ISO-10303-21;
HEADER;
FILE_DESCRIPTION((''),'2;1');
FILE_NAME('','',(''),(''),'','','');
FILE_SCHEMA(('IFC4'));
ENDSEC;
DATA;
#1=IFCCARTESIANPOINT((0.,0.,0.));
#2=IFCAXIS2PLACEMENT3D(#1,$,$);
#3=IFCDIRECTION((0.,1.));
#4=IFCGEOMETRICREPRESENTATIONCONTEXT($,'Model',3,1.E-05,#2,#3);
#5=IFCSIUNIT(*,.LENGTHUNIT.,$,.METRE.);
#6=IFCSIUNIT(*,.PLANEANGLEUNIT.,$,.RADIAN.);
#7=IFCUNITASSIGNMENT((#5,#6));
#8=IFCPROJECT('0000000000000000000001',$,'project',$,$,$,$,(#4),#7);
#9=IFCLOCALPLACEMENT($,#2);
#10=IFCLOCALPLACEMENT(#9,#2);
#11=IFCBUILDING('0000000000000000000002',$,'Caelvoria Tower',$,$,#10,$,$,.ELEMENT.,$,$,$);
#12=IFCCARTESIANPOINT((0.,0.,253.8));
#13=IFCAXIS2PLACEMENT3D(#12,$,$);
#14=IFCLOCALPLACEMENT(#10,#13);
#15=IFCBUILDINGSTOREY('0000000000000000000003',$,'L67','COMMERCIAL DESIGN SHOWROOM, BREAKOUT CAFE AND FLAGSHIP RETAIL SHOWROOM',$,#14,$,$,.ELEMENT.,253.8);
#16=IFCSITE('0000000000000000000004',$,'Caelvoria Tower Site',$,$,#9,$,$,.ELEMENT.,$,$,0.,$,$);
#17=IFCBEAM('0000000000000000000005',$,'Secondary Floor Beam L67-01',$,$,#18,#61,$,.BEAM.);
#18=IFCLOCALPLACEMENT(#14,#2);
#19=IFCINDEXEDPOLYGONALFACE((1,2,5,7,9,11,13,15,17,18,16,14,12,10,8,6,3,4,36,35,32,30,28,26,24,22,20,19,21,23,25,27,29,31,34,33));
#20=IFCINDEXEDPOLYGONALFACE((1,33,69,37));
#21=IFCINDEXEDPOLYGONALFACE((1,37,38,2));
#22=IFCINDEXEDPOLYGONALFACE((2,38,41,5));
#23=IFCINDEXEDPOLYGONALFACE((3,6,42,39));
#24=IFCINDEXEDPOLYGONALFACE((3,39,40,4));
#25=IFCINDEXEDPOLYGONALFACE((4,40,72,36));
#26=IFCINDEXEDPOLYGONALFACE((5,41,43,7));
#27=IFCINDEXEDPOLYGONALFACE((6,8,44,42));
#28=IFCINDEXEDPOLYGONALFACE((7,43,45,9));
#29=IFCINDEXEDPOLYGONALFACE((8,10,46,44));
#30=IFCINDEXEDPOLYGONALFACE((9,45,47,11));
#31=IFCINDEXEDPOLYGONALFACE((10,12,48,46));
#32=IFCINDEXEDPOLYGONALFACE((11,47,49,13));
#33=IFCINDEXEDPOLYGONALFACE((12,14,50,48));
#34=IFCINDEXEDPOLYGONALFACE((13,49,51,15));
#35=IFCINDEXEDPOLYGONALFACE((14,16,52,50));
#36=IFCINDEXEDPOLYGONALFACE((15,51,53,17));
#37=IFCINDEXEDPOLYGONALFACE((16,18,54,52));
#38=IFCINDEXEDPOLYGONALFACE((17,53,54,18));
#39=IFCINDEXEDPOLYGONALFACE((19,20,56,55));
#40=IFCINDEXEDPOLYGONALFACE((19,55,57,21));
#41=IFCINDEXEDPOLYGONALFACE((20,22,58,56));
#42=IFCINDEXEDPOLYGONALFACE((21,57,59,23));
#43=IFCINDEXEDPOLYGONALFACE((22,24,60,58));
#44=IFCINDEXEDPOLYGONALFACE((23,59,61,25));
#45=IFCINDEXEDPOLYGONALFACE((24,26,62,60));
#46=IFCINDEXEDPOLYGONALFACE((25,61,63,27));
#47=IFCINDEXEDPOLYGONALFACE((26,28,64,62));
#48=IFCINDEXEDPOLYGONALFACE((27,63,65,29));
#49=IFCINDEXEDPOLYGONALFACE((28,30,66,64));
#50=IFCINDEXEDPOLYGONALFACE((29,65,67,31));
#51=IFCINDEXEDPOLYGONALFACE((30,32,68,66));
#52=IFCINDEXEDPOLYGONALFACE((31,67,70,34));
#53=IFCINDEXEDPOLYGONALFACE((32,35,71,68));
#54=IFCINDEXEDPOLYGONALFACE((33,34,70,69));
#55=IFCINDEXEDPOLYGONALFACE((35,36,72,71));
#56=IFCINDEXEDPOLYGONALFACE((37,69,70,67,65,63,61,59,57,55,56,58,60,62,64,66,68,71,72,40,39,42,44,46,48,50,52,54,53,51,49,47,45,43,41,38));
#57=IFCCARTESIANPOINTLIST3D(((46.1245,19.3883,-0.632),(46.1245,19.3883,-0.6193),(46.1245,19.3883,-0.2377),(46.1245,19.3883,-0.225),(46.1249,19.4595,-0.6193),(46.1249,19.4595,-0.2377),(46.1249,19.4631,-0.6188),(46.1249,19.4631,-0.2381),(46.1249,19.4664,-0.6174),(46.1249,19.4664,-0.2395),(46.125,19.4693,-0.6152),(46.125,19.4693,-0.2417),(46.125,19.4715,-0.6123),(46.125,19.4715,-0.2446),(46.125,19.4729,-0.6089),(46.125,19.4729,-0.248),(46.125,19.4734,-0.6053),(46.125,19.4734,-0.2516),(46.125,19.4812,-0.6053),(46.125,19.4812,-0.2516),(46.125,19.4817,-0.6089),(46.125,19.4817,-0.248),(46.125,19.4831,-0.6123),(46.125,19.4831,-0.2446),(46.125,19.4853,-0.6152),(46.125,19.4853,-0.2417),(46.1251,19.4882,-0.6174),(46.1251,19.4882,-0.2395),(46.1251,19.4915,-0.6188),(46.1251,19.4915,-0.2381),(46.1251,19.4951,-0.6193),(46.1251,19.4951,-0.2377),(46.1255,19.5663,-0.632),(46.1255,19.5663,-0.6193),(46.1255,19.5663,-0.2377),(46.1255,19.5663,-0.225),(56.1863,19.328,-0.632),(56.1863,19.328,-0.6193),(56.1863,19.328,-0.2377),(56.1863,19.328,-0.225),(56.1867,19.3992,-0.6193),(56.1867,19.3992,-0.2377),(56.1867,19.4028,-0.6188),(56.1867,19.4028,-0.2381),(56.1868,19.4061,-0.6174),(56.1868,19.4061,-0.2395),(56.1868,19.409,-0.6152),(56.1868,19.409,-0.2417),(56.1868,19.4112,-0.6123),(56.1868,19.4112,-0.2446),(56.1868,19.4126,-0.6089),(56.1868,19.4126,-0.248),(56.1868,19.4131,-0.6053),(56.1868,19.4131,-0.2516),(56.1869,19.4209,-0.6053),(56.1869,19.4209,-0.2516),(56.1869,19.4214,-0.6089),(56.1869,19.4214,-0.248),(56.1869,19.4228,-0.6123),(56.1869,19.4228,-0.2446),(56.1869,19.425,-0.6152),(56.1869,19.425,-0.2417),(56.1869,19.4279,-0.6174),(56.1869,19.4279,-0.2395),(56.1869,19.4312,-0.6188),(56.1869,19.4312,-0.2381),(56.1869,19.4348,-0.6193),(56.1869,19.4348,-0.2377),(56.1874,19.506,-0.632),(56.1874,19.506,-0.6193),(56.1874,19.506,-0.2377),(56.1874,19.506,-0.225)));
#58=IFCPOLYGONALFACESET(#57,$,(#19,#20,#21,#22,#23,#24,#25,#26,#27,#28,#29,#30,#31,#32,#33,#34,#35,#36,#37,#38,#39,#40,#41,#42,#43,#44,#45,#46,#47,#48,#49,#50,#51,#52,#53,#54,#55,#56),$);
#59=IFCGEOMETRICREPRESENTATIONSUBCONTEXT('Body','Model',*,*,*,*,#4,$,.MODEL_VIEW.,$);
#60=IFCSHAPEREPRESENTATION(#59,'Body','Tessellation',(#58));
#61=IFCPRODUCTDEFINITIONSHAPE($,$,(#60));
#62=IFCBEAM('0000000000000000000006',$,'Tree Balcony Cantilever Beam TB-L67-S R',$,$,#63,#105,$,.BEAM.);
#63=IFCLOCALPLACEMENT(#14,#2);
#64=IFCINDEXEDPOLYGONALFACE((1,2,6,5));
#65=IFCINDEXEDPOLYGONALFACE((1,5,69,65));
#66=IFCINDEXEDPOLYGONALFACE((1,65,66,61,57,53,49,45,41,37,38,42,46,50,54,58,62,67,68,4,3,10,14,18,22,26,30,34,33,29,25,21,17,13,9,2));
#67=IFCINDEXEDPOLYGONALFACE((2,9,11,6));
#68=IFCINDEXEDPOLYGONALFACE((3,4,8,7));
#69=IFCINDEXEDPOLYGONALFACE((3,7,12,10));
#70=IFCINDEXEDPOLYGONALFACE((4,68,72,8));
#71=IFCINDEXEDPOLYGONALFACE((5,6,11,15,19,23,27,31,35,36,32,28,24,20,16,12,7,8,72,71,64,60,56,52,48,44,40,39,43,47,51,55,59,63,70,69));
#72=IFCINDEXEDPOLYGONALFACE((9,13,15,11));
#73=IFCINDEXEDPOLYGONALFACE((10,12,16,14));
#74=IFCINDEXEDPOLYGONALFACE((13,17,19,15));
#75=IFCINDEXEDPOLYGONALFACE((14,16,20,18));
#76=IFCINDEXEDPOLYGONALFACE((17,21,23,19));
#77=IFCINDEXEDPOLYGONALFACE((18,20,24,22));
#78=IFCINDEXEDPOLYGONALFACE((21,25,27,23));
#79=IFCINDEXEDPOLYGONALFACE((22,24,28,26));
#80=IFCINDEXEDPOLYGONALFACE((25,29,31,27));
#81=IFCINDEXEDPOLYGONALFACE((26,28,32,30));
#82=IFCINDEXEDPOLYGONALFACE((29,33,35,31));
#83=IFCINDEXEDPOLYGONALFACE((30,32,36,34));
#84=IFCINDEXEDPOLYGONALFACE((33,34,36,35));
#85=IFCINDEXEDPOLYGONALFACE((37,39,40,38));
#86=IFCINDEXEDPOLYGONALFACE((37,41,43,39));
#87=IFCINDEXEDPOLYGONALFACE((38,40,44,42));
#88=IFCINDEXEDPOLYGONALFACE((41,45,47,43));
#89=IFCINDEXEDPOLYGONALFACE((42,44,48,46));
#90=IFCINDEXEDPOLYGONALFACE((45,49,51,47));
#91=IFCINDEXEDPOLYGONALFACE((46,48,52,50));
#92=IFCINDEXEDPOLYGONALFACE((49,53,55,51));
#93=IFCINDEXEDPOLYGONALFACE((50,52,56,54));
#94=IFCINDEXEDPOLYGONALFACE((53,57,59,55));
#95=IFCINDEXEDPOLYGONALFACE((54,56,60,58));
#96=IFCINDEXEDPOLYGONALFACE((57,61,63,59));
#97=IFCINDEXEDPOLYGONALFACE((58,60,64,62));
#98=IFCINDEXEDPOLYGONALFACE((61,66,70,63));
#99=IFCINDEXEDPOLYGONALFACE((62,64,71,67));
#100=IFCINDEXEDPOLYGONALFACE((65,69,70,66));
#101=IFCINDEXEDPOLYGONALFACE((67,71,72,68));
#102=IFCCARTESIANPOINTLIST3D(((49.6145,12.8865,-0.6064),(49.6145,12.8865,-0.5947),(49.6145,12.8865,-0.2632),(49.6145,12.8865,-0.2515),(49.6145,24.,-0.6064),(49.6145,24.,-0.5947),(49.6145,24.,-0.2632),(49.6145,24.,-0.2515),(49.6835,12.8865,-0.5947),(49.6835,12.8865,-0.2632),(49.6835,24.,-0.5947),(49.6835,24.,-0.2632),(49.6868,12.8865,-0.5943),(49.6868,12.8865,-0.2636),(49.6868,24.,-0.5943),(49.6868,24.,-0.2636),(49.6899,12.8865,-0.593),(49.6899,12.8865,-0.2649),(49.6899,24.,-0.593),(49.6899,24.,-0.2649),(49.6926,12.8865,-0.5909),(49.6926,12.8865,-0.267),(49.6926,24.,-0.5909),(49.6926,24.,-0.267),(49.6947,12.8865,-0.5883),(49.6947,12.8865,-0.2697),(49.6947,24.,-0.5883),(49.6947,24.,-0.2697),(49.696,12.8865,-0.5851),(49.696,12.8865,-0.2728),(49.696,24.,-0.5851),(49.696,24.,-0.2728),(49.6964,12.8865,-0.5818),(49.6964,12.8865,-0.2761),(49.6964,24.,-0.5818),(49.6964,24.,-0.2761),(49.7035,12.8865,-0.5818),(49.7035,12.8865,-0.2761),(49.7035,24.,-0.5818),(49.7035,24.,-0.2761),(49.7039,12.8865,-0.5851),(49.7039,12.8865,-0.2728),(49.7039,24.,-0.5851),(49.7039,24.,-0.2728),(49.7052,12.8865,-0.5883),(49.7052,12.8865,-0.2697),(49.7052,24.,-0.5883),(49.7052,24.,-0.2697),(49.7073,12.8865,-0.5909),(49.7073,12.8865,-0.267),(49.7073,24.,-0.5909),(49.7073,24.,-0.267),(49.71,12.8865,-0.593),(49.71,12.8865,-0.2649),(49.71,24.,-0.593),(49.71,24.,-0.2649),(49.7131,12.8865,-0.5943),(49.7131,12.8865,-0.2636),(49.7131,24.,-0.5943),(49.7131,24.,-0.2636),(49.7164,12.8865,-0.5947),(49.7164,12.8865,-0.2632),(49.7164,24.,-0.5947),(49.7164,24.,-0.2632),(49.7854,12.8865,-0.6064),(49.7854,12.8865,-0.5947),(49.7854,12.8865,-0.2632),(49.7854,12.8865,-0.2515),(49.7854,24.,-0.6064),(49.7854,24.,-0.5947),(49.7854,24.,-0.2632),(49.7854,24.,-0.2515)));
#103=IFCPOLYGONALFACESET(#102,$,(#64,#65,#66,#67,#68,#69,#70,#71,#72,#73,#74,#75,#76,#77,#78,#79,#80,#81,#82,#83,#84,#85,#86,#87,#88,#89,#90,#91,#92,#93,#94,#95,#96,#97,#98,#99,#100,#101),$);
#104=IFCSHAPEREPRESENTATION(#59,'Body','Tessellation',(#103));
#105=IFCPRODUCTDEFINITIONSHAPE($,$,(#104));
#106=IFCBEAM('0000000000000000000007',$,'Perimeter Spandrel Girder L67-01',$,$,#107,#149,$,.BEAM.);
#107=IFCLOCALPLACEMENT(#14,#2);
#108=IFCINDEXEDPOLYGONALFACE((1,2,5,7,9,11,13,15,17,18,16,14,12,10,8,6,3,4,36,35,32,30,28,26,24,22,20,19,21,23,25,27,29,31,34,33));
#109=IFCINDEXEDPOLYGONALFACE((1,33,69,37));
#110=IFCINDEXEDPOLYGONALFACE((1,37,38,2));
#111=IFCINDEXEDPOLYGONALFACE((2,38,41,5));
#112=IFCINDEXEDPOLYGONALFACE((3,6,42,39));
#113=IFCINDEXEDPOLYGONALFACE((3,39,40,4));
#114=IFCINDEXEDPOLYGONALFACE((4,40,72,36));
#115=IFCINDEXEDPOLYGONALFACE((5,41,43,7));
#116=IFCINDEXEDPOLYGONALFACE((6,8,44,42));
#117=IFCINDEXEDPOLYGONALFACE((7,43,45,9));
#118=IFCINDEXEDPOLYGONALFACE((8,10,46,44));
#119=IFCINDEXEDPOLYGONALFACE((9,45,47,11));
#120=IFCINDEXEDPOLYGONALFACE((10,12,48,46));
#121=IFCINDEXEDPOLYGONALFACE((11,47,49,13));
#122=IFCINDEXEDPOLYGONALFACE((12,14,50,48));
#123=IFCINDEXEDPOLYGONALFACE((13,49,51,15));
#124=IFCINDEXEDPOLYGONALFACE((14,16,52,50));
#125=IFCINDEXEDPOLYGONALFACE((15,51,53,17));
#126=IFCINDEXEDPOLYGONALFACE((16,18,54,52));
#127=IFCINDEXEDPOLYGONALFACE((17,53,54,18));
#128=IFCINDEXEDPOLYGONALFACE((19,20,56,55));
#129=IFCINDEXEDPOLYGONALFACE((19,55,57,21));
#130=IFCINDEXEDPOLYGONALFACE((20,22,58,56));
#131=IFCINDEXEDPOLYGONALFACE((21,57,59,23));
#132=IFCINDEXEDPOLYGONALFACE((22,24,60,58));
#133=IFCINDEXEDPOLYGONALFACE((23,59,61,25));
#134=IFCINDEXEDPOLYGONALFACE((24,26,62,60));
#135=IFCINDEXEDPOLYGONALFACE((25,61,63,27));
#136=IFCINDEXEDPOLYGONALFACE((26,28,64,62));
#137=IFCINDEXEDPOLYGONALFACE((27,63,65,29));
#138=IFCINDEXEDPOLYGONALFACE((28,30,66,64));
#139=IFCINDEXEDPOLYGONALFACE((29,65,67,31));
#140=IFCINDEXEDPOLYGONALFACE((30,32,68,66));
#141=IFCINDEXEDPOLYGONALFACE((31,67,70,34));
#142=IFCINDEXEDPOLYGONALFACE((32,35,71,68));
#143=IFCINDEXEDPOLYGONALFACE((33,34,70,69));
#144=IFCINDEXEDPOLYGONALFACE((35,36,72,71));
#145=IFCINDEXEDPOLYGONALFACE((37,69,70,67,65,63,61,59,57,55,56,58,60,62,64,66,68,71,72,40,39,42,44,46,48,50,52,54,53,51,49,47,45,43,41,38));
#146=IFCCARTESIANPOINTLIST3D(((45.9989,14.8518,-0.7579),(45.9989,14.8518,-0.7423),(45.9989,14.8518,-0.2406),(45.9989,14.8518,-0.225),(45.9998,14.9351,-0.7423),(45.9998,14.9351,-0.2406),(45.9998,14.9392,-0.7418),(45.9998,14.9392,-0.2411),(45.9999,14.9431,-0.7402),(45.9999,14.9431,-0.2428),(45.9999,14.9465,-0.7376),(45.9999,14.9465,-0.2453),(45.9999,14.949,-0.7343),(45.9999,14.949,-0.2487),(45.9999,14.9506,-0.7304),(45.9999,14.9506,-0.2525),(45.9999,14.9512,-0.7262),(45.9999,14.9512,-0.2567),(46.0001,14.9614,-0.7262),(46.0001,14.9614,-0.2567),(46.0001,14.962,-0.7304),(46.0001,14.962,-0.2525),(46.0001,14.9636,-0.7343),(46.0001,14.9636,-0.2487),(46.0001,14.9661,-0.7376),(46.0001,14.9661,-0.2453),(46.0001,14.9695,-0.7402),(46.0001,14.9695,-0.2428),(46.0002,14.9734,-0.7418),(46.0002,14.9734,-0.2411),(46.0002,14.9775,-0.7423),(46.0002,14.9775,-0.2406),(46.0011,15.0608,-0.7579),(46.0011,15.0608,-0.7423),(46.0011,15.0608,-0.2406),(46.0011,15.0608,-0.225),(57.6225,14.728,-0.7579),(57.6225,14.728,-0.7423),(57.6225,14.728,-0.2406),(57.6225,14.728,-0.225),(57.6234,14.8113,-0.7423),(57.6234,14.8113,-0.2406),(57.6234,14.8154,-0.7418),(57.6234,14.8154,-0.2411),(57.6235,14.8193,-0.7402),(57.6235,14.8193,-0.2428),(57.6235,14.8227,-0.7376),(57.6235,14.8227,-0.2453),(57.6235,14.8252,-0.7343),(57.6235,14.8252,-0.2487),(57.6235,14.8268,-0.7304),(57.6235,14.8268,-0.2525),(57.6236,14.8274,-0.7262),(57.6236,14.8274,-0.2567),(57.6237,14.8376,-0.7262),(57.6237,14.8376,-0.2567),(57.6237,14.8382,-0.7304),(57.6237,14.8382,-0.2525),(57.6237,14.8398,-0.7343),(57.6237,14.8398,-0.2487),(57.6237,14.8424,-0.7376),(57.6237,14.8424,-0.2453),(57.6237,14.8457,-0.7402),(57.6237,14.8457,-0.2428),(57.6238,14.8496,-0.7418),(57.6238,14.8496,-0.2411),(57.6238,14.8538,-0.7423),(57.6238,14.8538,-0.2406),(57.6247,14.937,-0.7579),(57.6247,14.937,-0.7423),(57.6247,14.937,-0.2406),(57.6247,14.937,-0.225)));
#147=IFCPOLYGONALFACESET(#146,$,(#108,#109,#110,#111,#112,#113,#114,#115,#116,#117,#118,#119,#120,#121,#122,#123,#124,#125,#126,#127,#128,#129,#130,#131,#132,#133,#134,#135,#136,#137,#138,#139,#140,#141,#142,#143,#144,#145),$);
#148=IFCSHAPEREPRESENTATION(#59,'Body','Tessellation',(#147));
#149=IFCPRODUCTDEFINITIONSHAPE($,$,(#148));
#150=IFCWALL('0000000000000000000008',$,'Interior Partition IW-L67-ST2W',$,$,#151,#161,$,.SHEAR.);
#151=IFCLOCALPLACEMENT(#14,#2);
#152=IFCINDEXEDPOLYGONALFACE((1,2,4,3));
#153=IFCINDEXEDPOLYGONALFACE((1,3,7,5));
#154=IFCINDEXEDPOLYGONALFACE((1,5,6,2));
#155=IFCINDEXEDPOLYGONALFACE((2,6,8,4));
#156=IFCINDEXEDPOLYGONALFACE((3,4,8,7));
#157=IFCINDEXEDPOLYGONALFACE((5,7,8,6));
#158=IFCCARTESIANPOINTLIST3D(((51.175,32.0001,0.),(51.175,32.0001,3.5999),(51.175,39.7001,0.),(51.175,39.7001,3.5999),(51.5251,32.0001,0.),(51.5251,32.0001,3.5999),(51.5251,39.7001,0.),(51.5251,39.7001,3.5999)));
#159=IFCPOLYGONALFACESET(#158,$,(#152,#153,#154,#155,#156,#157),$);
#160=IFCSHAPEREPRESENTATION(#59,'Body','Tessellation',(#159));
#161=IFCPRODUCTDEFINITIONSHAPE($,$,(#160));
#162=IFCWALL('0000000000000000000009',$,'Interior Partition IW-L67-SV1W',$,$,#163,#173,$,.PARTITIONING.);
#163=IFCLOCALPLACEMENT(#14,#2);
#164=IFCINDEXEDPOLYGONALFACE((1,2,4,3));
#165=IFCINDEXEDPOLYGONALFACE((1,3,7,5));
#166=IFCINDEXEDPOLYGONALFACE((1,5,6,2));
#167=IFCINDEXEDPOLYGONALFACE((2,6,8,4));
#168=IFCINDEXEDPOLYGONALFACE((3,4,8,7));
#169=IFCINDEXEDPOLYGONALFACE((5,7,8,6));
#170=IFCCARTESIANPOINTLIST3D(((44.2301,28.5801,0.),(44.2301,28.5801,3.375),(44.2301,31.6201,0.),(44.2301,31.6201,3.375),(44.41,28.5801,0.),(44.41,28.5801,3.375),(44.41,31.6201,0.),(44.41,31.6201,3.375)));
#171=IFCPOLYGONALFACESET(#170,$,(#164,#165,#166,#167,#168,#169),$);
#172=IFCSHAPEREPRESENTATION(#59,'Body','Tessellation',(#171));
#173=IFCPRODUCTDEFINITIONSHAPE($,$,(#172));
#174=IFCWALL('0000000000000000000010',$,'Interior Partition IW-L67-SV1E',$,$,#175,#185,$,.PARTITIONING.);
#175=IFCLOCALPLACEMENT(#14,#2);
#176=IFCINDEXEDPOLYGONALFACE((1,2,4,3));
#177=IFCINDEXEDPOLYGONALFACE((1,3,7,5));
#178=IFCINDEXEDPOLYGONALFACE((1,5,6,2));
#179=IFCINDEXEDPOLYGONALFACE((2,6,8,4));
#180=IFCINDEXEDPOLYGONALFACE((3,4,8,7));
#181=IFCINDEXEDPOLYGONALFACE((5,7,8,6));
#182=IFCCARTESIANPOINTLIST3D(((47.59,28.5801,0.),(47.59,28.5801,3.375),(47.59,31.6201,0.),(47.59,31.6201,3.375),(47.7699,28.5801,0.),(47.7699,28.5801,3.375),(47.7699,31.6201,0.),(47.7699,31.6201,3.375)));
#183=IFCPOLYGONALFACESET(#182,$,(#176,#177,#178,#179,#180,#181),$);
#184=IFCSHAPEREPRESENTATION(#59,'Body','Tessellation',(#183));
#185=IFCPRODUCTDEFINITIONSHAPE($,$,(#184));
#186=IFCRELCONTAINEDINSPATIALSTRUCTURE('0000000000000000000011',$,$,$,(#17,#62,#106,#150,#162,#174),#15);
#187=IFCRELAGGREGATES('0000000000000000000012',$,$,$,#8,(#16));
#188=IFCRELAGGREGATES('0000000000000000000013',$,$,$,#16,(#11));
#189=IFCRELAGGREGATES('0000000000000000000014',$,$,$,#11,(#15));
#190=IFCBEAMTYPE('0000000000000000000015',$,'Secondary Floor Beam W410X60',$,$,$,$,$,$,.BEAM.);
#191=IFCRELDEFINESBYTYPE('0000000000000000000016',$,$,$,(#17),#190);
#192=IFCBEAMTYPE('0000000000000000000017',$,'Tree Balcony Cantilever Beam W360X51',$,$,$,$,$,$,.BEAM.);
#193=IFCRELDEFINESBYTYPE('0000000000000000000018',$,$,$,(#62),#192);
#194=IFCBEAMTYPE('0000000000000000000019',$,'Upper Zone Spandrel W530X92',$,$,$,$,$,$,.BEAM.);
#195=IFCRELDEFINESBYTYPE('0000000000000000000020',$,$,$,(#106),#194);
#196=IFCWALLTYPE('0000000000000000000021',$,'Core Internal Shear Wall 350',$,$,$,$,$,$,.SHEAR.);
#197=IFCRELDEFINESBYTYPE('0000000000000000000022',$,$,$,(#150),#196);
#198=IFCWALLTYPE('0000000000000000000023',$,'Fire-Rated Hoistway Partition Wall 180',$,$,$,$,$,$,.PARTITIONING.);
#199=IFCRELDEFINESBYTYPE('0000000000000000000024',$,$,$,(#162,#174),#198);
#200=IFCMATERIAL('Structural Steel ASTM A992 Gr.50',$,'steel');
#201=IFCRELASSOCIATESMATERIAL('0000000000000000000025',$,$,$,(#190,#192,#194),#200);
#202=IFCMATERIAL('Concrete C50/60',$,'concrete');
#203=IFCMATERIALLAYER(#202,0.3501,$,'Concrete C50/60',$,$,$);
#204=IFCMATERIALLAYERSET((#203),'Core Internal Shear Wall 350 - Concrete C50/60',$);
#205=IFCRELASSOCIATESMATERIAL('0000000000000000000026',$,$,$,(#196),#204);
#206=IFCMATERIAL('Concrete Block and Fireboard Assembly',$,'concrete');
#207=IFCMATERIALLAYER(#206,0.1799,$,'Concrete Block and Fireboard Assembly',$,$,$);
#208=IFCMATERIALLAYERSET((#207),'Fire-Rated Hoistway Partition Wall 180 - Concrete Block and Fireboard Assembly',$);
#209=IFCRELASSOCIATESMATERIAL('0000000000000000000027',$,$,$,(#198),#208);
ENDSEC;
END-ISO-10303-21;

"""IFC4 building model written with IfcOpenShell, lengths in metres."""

from ifc_helpers import new_model, si_unit, direction, frame, frame_2d, origin, origin_2d, place, context, subcontext, project, spatial, rectangle, i_section, extrude, material, layer, layer_set, material_profile, profile_set, type_object, element, save


model = new_model("IFC4")

# Units and contexts
model_context = context("Model", 3, precision=1e-05, world=origin(), true_north=direction((0.0, 1.0)))
body_context = subcontext(model_context, "Body", "Model", "MODEL_VIEW")
ifc_project = project(units=[si_unit("LENGTHUNIT", "METRE"), si_unit("PLANEANGLEUNIT", "RADIAN")], contexts=[model_context])

# Site, building, storey
site_placement = place(None, origin())
site = spatial("IfcSite", under=ifc_project, at=site_placement, Name="Caelvoria Tower Site", CompositionType="ELEMENT", RefElevation=0.0)
building_placement = place(site_placement, origin())
building = spatial("IfcBuilding", under=site, at=building_placement, Name="Caelvoria Tower", CompositionType="ELEMENT")
storey_placement = place(building_placement, frame((0.0, 0.0, 253.8)))
storey = spatial("IfcBuildingStorey", under=building, at=storey_placement, Name="L67", Description="COMMERCIAL DESIGN SHOWROOM, BREAKOUT CAFE AND FLAGSHIP RETAIL SHOWROOM", CompositionType="ELEMENT", Elevation=253.8)

# Shared definitions
ifc_material_1 = material(Name="Structural Steel ASTM A992 Gr.50", Category="steel")

# Beams
ifc_material_profile_1 = material_profile(ifc_material_1, i_section(OverallWidth=0.178, OverallDepth=0.407, WebThickness=0.0078, FlangeThickness=0.0127, FilletRadius=0.0139, at=origin_2d()), Name="Structural Steel ASTM A992 Gr.50")
ifc_profile_set_1 = profile_set([ifc_material_profile_1], Name="W410X60 - Structural Steel ASTM A992 Gr.50")
beam_type_1 = type_object("IfcBeamType", Name="Secondary Floor Beam W410X60", PredefinedType="BEAM", material=ifc_profile_set_1)
beam_1_placement = place(storey_placement, frame((46.125, 19.4773, -0.4285), z_axis=(0.999982, -0.005993, 0.0), x_axis=(0.005993, 0.999982, 0.0)))
element("IfcBeam", 1, at=beam_1_placement, inside=storey, type_object=beam_type_1, Name="Secondary Floor Beam L67-01", PredefinedType="BEAM", context=body_context, shape_type="SweptSolid", body=[
    extrude(i_section(OverallWidth=0.178, OverallDepth=0.407, WebThickness=0.0078, FlangeThickness=0.0127, FilletRadius=0.0139, at=origin_2d()), origin(), (0.0, 0.0, 1.0), 10.062),
])
ifc_material_profile_2 = material_profile(ifc_material_1, i_section(OverallWidth=0.1709, OverallDepth=0.355, WebThickness=0.0071, FlangeThickness=0.0117, FilletRadius=0.0129, at=origin_2d()), Name="Structural Steel ASTM A992 Gr.50")
ifc_profile_set_2 = profile_set([ifc_material_profile_2], Name="W360X51 - Structural Steel ASTM A992 Gr.50")
beam_type_2 = type_object("IfcBeamType", Name="Tree Balcony Cantilever Beam W360X51", PredefinedType="BEAM", material=ifc_profile_set_2)
beam_2_placement = place(storey_placement, frame((49.7, 24.0, -0.429), z_axis=(0.0, -1.0, 0.0), x_axis=(1.0, 0.0, 0.0)))
element("IfcBeam", 2, at=beam_2_placement, inside=storey, type_object=beam_type_2, Name="Tree Balcony Cantilever Beam TB-L67-S R", PredefinedType="BEAM", context=body_context, shape_type="SweptSolid", body=[
    extrude(i_section(OverallWidth=0.1709, OverallDepth=0.355, WebThickness=0.0071, FlangeThickness=0.0117, FilletRadius=0.0129, at=origin_2d()), origin(), (0.0, 0.0, 1.0), 11.1135),
])
ifc_material_profile_3 = material_profile(ifc_material_1, i_section(OverallWidth=0.209, OverallDepth=0.533, WebThickness=0.0103, FlangeThickness=0.0156, FilletRadius=0.0161, at=origin_2d()), Name="Structural Steel ASTM A992 Gr.50")
ifc_profile_set_3 = profile_set([ifc_material_profile_3], Name="W530X92 - Structural Steel ASTM A992 Gr.50")
beam_type_3 = type_object("IfcBeamType", Name="Upper Zone Spandrel W530X92", PredefinedType="BEAM", material=ifc_profile_set_3)
beam_3_placement = place(storey_placement, frame((46.0, 14.9563, -0.4915), z_axis=(0.999943, -0.010648, 0.0), x_axis=(0.010648, 0.999943, 0.0)))
element("IfcBeam", 3, at=beam_3_placement, inside=storey, type_object=beam_type_3, Name="Perimeter Spandrel Girder L67-01", PredefinedType="BEAM", context=body_context, shape_type="SweptSolid", body=[
    extrude(i_section(OverallWidth=0.209, OverallDepth=0.533, WebThickness=0.0103, FlangeThickness=0.0156, FilletRadius=0.0161, at=origin_2d()), origin(), (0.0, 0.0, 1.0), 11.6243),
])

# Wall
ifc_material_2 = material(Name="Concrete C50/60", Category="concrete")
ifc_layer_1 = layer(ifc_material_2, 0.3501, Name="Concrete C50/60")
ifc_layer_set_1 = layer_set([ifc_layer_1], Name="Core Internal Shear Wall 350 - Concrete C50/60")
wall_type_1 = type_object("IfcWallType", Name="Core Internal Shear Wall 350", PredefinedType="SHEAR", material=ifc_layer_set_1)
wall_1_placement = place(storey_placement, frame((51.3501, 32.0, 0.0), z_axis=(0.0, 0.0, 1.0), x_axis=(0.0, 1.0, 0.0)))
element("IfcWall", 4, at=wall_1_placement, inside=storey, type_object=wall_type_1, Name="Interior Partition IW-L67-ST2W", PredefinedType="SHEAR", context=body_context, shape_type="SweptSolid", body=[
    extrude(rectangle(XDim=7.7, YDim=0.3501, at=frame_2d((3.8501, 0.0))), origin(), (0.0, 0.0, 1.0), 3.5999),
])

# Walls
ifc_material_3 = material(Name="Concrete Block and Fireboard Assembly", Category="concrete")
ifc_layer_2 = layer(ifc_material_3, 0.1799, Name="Concrete Block and Fireboard Assembly")
ifc_layer_set_2 = layer_set([ifc_layer_2], Name="Fire-Rated Hoistway Partition Wall 180 - Concrete Block and Fireboard Assembly")
wall_type_2 = type_object("IfcWallType", Name="Fire-Rated Hoistway Partition Wall 180", PredefinedType="PARTITIONING", material=ifc_layer_set_2)
for number, where, z_axis, x_axis, name in (
    (5, (44.3201, 28.5801, 0.0), (0.0, 0.0, 1.0), (0.0, 1.0, 0.0), "Interior Partition IW-L67-SV1W"),
    (6, (47.6799, 28.5801, 0.0), (0.0, 0.0, 1.0), (0.0, 1.0, 0.0), "Interior Partition IW-L67-SV1E"),
):
    element("IfcWall", number, at=place(storey_placement, frame(where, z_axis=z_axis, x_axis=x_axis)), inside=storey, type_object=wall_type_2, Name=name, PredefinedType="PARTITIONING", context=body_context, shape_type="SweptSolid", body=[
        extrude(rectangle(XDim=3.04, YDim=0.1799, at=frame_2d((1.52, 0.0))), origin(), (0.0, 0.0, 1.0), 3.375),
    ])

save(model, "model.ifc")
